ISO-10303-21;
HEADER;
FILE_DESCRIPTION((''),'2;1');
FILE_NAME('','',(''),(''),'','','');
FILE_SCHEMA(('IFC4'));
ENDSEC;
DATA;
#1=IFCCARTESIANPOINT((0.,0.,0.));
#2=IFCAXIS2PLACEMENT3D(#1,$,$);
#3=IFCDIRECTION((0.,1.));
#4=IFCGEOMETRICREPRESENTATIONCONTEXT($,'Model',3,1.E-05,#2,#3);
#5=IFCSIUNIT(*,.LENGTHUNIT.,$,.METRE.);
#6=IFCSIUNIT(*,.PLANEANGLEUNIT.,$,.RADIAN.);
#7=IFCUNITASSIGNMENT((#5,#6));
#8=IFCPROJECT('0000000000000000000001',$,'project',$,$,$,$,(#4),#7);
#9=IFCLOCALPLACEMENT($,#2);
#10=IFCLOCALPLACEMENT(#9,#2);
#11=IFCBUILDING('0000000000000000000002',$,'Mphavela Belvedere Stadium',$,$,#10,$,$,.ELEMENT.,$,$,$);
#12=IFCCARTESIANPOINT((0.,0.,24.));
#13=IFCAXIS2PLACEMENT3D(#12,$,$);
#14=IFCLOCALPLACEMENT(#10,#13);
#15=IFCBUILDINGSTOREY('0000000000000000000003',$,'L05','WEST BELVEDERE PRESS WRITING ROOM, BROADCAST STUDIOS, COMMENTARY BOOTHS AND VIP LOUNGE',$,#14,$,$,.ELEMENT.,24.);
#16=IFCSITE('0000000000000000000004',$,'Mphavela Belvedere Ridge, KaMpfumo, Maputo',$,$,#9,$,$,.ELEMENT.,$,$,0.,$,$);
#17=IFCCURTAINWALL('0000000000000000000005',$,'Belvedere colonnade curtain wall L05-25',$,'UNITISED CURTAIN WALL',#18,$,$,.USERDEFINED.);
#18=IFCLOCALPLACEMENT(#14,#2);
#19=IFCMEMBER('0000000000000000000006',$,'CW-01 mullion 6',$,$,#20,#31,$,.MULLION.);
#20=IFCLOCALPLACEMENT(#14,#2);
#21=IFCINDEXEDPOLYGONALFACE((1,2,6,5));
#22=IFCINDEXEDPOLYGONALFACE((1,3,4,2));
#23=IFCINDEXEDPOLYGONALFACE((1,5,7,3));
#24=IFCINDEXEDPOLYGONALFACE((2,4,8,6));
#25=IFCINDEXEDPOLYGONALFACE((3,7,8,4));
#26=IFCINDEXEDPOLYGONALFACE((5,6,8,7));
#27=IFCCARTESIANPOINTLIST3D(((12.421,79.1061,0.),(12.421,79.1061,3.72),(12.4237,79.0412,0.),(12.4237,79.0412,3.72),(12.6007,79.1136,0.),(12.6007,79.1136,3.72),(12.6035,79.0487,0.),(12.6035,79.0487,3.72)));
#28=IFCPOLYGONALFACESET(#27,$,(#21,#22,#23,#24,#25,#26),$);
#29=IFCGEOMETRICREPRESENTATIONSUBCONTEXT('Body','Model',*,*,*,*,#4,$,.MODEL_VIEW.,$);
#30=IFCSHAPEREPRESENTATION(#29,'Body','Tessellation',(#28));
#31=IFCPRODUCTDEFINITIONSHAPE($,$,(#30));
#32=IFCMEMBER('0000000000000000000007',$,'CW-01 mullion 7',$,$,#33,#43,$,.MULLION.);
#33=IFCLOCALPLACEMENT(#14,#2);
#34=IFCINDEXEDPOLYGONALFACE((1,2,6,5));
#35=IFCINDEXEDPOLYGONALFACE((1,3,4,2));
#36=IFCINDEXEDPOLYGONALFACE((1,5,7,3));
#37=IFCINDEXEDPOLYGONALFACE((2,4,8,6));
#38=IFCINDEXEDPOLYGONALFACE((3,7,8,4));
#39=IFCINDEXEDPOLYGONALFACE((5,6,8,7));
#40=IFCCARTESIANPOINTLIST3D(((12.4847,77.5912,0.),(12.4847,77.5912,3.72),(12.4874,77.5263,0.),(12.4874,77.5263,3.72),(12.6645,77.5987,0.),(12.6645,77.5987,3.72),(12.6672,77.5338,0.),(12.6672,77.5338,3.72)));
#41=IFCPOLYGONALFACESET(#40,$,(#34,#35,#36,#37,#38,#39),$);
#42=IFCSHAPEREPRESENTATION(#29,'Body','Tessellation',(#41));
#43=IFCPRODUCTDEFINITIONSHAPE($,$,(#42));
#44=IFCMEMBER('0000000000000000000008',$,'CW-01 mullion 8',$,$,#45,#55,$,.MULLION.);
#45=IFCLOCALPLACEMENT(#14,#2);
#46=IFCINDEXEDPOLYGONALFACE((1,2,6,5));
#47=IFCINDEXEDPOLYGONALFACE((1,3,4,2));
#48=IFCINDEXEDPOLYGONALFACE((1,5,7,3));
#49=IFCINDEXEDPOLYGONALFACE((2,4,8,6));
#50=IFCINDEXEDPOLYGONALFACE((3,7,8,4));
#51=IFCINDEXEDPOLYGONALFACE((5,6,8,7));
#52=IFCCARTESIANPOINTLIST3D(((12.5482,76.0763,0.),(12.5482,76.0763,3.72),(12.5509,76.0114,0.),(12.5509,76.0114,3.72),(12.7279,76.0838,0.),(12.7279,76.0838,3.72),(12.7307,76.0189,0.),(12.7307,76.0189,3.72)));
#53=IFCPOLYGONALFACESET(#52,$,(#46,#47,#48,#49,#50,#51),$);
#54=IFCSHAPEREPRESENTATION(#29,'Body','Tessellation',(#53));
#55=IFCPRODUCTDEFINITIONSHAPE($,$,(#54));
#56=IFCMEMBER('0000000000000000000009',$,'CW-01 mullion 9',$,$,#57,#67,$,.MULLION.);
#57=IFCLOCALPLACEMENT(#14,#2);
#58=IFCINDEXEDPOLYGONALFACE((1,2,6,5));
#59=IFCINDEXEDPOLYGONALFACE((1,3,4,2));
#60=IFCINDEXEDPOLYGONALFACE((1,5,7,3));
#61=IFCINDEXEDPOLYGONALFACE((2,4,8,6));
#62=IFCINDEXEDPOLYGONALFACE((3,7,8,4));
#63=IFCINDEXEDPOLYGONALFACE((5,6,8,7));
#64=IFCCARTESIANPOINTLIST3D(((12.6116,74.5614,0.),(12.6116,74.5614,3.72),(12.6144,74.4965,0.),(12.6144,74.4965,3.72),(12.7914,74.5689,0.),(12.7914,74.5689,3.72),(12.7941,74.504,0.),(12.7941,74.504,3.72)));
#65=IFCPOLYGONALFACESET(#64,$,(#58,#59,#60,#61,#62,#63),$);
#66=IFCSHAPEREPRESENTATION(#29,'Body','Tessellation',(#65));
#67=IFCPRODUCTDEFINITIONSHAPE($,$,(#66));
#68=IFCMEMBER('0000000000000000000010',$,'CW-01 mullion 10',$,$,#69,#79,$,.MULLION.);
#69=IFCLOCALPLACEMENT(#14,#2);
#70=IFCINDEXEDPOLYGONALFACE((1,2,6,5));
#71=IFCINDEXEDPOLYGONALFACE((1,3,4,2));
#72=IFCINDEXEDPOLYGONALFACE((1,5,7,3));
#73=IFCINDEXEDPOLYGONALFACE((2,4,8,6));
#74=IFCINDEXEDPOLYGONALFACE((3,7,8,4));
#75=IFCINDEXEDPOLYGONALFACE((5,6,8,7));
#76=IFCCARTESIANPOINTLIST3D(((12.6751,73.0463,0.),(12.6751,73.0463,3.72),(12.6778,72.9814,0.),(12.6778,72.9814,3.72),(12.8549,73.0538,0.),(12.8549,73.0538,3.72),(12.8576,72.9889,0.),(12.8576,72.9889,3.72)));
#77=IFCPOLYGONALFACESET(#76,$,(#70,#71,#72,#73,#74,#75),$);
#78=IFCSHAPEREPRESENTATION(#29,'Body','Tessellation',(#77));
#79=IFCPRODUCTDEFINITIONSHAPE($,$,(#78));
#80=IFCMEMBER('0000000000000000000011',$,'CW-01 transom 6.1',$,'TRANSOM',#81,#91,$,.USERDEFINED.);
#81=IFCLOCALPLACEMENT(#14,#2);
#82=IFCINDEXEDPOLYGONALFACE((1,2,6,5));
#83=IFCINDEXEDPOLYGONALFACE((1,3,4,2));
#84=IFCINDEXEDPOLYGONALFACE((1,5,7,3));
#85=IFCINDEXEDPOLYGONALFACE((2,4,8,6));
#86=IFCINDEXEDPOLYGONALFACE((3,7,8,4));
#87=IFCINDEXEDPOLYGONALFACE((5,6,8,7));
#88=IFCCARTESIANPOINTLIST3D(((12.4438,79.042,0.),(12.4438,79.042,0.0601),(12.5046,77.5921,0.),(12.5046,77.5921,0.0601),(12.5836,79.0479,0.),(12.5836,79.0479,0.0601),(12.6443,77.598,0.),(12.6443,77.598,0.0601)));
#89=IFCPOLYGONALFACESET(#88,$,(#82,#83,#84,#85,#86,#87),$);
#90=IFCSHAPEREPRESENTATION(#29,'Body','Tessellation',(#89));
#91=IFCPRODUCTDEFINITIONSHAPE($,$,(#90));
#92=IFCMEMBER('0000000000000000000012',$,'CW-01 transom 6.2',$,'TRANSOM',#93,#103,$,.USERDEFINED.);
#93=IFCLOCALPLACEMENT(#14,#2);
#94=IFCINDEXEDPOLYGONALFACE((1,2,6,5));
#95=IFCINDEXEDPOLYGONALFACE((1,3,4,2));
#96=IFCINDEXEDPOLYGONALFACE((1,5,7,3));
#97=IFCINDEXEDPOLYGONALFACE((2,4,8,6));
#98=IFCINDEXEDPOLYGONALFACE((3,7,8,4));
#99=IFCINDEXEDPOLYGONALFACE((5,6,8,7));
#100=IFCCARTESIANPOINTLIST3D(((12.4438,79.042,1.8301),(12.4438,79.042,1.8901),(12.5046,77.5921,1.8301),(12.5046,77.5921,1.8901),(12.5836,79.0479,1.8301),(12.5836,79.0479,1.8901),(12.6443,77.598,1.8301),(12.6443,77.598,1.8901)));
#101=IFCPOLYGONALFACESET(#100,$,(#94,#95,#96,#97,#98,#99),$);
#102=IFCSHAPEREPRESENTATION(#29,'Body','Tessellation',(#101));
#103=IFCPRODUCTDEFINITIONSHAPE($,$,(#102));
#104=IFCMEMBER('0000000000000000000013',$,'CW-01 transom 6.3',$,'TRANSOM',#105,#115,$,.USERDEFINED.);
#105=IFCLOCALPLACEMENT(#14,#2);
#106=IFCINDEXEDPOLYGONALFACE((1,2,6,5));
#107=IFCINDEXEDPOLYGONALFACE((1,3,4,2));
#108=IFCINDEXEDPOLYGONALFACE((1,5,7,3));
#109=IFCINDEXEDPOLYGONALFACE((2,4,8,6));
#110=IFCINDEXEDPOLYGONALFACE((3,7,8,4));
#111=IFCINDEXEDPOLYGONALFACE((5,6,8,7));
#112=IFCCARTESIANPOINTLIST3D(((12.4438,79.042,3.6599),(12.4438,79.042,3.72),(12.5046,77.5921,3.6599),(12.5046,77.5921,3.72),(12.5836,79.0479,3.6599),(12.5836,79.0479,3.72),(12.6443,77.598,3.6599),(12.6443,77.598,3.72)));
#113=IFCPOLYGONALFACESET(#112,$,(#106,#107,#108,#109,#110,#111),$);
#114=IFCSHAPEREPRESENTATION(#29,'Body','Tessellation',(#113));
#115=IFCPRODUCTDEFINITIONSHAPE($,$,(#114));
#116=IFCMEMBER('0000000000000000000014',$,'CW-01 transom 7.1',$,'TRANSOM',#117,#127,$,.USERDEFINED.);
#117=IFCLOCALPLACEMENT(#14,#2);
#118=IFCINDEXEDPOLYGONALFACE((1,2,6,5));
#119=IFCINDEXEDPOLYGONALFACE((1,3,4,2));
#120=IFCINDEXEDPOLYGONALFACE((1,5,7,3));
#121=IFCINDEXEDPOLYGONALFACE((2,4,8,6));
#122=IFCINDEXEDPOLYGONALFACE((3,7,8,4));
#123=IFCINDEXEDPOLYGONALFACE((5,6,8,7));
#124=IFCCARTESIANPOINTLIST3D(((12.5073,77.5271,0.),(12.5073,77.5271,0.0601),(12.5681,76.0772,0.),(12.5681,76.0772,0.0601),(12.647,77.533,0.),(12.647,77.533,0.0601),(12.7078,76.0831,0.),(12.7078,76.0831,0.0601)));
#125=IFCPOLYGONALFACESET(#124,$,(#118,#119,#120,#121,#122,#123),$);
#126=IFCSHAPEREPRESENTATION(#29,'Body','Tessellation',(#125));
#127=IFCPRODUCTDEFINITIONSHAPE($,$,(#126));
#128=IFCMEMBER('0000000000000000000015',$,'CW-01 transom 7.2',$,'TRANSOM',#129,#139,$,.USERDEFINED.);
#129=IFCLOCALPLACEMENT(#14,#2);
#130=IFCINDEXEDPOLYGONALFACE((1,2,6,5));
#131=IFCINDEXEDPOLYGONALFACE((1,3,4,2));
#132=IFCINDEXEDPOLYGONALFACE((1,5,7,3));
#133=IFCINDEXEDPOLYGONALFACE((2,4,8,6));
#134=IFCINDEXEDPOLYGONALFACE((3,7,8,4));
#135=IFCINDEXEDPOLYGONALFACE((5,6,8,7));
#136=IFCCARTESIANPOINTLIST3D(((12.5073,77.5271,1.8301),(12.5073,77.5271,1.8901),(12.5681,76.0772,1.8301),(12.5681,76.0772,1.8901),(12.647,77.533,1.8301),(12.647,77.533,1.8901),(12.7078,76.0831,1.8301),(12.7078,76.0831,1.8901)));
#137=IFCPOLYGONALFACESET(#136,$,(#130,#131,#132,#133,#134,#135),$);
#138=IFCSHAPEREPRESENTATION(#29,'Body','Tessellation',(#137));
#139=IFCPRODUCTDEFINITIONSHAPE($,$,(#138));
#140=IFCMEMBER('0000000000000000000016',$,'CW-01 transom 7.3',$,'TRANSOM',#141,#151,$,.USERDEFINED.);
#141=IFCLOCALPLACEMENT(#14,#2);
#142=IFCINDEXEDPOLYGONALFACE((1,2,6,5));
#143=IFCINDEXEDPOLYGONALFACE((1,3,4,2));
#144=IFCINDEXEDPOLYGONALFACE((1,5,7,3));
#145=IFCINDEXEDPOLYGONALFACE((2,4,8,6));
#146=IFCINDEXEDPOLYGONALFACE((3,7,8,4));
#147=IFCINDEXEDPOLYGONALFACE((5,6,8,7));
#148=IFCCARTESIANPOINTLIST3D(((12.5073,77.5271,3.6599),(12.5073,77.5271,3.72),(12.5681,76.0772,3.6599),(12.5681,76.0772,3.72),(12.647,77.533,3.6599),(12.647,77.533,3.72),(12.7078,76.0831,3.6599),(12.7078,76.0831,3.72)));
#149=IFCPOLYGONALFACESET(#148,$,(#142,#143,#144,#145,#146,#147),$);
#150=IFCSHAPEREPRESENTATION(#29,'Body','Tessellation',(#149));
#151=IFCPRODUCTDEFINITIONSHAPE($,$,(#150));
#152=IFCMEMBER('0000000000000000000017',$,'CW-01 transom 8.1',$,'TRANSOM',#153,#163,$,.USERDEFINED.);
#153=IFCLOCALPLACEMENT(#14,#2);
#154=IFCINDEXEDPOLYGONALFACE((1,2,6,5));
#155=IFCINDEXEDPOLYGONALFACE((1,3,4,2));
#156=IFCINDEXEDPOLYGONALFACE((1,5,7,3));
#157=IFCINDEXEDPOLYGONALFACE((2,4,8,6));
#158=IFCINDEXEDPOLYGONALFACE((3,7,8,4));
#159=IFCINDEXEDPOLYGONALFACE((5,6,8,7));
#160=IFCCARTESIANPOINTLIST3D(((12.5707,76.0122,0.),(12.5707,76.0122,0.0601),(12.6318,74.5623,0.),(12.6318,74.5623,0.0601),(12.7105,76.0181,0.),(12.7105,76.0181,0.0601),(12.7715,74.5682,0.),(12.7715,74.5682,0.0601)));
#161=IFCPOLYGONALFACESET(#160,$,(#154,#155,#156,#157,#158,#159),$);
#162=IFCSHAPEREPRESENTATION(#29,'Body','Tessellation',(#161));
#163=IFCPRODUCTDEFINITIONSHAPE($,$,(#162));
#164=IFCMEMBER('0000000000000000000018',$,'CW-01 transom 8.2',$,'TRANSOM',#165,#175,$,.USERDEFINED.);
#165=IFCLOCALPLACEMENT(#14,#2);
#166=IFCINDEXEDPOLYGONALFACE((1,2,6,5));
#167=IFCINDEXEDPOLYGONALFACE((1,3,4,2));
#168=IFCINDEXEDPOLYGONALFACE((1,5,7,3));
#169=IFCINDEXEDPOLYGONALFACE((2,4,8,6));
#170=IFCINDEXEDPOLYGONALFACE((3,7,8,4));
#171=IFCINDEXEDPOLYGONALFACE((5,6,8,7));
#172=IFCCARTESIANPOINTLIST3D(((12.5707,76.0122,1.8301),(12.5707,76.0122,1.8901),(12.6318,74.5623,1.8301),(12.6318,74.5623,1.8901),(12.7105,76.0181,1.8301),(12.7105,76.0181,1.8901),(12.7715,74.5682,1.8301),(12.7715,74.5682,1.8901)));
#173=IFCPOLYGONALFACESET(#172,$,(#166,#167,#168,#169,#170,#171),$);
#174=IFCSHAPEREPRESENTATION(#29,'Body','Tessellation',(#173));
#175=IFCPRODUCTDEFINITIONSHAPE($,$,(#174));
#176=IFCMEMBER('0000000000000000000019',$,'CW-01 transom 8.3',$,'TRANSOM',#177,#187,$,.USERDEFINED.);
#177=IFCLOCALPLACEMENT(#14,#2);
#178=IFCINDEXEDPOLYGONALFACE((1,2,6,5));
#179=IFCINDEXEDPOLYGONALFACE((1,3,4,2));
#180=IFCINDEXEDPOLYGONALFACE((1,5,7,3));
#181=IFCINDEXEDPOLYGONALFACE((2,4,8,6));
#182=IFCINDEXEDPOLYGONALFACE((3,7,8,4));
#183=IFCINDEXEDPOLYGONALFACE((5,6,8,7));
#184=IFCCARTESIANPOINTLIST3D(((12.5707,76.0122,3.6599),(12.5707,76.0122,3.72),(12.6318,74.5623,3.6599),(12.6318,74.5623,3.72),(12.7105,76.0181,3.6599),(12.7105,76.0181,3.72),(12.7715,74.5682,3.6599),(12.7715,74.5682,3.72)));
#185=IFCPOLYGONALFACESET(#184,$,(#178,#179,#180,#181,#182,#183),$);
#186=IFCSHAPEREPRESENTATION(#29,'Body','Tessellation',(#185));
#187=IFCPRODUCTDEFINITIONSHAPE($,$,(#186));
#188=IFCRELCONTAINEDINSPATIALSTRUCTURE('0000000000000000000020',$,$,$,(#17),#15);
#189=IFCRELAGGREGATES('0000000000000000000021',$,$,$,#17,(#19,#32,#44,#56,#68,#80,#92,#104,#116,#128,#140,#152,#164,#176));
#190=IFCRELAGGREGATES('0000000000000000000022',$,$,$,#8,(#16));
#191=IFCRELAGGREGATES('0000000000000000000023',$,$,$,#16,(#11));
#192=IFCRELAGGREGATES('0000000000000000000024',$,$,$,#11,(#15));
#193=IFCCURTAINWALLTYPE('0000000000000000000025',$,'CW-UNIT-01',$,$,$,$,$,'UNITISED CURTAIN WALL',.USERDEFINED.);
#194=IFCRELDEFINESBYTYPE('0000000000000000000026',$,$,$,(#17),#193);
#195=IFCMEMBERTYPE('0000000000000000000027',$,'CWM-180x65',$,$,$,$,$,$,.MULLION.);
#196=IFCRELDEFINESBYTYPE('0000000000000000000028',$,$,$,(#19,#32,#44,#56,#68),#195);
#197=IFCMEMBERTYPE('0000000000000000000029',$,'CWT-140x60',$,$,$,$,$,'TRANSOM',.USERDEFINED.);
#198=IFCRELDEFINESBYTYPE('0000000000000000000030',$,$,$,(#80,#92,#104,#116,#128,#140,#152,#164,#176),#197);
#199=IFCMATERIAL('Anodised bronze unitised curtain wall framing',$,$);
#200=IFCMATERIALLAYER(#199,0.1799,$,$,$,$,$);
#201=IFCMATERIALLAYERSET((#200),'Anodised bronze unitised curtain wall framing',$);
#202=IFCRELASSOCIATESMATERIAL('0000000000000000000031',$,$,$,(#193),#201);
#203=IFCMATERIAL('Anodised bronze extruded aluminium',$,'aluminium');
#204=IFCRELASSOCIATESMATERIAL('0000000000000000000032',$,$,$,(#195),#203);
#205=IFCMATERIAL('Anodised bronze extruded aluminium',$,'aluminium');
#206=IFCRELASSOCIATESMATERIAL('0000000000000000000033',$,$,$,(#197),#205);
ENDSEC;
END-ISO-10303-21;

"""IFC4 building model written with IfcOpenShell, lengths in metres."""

from ifc_helpers import new_model, si_unit, direction, frame, origin, origin_2d, place, context, subcontext, project, spatial, rectangle, extrude, material, layer, layer_set, material_profile, profile_set, type_object, element, aggregate, save


model = new_model("IFC4")

# Units and contexts
model_context = context("Model", 3, precision=1e-05, world=origin(), true_north=direction((0.0, 1.0)))
body_context = subcontext(model_context, "Body", "Model", "MODEL_VIEW")
ifc_project = project(units=[si_unit("LENGTHUNIT", "METRE"), si_unit("PLANEANGLEUNIT", "RADIAN")], contexts=[model_context])

# Site, building, storey
site_placement = place(None, origin())
site = spatial("IfcSite", under=ifc_project, at=site_placement, Name="Mphavela Belvedere Ridge, KaMpfumo, Maputo", CompositionType="ELEMENT", RefElevation=0.0)
building_placement = place(site_placement, origin())
building = spatial("IfcBuilding", under=site, at=building_placement, Name="Mphavela Belvedere Stadium", CompositionType="ELEMENT")
storey_placement = place(building_placement, frame((0.0, 0.0, 24.0)))
storey = spatial("IfcBuildingStorey", under=building, at=storey_placement, Name="L05", Description="WEST BELVEDERE PRESS WRITING ROOM, BROADCAST STUDIOS, COMMENTARY BOOTHS AND VIP LOUNGE", CompositionType="ELEMENT", Elevation=24.0)

# Curtain wall, members
ifc_material_1 = material(Name="Anodised bronze unitised curtain wall framing")
ifc_layer_1 = layer(ifc_material_1, 0.1799)
ifc_layer_set_1 = layer_set([ifc_layer_1], Name="Anodised bronze unitised curtain wall framing")
curtain_wall_type = type_object("IfcCurtainWallType", Name="CW-UNIT-01", ElementType="UNITISED CURTAIN WALL", PredefinedType="USERDEFINED", material=ifc_layer_set_1)
curtain_wall_placement = place(storey_placement, origin())
curtain_wall = element("IfcCurtainWall", 1, at=curtain_wall_placement, inside=storey, type_object=curtain_wall_type, Name="Belvedere colonnade curtain wall L05-25", ObjectType="UNITISED CURTAIN WALL", PredefinedType="USERDEFINED")
ifc_material_2 = material(Name="Anodised bronze extruded aluminium", Category="aluminium")
ifc_material_profile_1 = material_profile(ifc_material_2, rectangle(XDim=0.1799, YDim=0.0649, at=origin_2d()), Name="CW-MUL 180x65")
ifc_profile_set_1 = profile_set([ifc_material_profile_1], Name="Anodised bronze extruded aluminium")
member_type_1 = type_object("IfcMemberType", Name="CWM-180x65", PredefinedType="MULLION", material=ifc_profile_set_1)
member_1_placement = place(storey_placement, frame((12.5122, 79.0774, 0.0), z_axis=(0.0, 0.0, 1.0), x_axis=(0.999122, 0.041905, 0.0)))
member_1 = element("IfcMember", 2, at=member_1_placement, type_object=member_type_1, Name="CW-01 mullion 6", PredefinedType="MULLION", context=body_context, shape_type="SweptSolid", body=[
    extrude(rectangle(XDim=0.1799, YDim=0.0649, at=origin_2d()), origin(), (0.0, 0.0, 1.0), 3.72),
])
member_2_placement = place(storey_placement, frame((12.5759, 77.5625, 0.0), z_axis=(0.0, 0.0, 1.0), x_axis=(0.999122, 0.041905, 0.0)))
member_2 = element("IfcMember", 3, at=member_2_placement, type_object=member_type_1, Name="CW-01 mullion 7", PredefinedType="MULLION", context=body_context, shape_type="SweptSolid", body=[
    extrude(rectangle(XDim=0.1799, YDim=0.0649, at=origin_2d()), origin(), (0.0, 0.0, 1.0), 3.72),
])
member_3_placement = place(storey_placement, frame((12.6394, 76.0476, 0.0), z_axis=(0.0, 0.0, 1.0), x_axis=(0.999122, 0.041905, 0.0)))
member_3 = element("IfcMember", 4, at=member_3_placement, type_object=member_type_1, Name="CW-01 mullion 8", PredefinedType="MULLION", context=body_context, shape_type="SweptSolid", body=[
    extrude(rectangle(XDim=0.1799, YDim=0.0649, at=origin_2d()), origin(), (0.0, 0.0, 1.0), 3.72),
])
member_4_placement = place(storey_placement, frame((12.7029, 74.5327, 0.0), z_axis=(0.0, 0.0, 1.0), x_axis=(0.999122, 0.041905, 0.0)))
member_4 = element("IfcMember", 5, at=member_4_placement, type_object=member_type_1, Name="CW-01 mullion 9", PredefinedType="MULLION", context=body_context, shape_type="SweptSolid", body=[
    extrude(rectangle(XDim=0.1799, YDim=0.0649, at=origin_2d()), origin(), (0.0, 0.0, 1.0), 3.72),
])
member_5_placement = place(storey_placement, frame((12.7664, 73.0176, 0.0), z_axis=(0.0, 0.0, 1.0), x_axis=(0.999122, 0.041905, 0.0)))
member_5 = element("IfcMember", 6, at=member_5_placement, type_object=member_type_1, Name="CW-01 mullion 10", PredefinedType="MULLION", context=body_context, shape_type="SweptSolid", body=[
    extrude(rectangle(XDim=0.1799, YDim=0.0649, at=origin_2d()), origin(), (0.0, 0.0, 1.0), 3.72),
])
ifc_material_3 = material(Name="Anodised bronze extruded aluminium", Category="aluminium")
ifc_material_profile_2 = material_profile(ifc_material_3, rectangle(XDim=0.1399, YDim=0.0601, at=origin_2d()), Name="CW-TRN 140x60")
ifc_profile_set_2 = profile_set([ifc_material_profile_2], Name="Anodised bronze extruded aluminium")
member_type_2 = type_object("IfcMemberType", Name="CWT-140x60", ElementType="TRANSOM", PredefinedType="USERDEFINED", material=ifc_profile_set_2)
member_6_placement = place(storey_placement, frame((12.5137, 79.0449, 0.03), z_axis=(0.041889, -0.999122, 0.0), x_axis=(0.999122, 0.041889, 0.0)))
member_6 = element("IfcMember", 7, at=member_6_placement, type_object=member_type_2, Name="CW-01 transom 6.1", ObjectType="TRANSOM", PredefinedType="USERDEFINED", context=body_context, shape_type="SweptSolid", body=[
    extrude(rectangle(XDim=0.1399, YDim=0.0601, at=origin_2d()), origin(), (0.0, 0.0, 1.0), 1.4512),
])
member_7_placement = place(storey_placement, frame((12.5137, 79.0449, 1.8601), z_axis=(0.041889, -0.999122, 0.0), x_axis=(0.999122, 0.041889, 0.0)))
member_7 = element("IfcMember", 8, at=member_7_placement, type_object=member_type_2, Name="CW-01 transom 6.2", ObjectType="TRANSOM", PredefinedType="USERDEFINED", context=body_context, shape_type="SweptSolid", body=[
    extrude(rectangle(XDim=0.1399, YDim=0.0601, at=origin_2d()), origin(), (0.0, 0.0, 1.0), 1.4512),
])
member_8_placement = place(storey_placement, frame((12.5137, 79.0449, 3.6899), z_axis=(0.041889, -0.999122, 0.0), x_axis=(0.999122, 0.041889, 0.0)))
member_8 = element("IfcMember", 9, at=member_8_placement, type_object=member_type_2, Name="CW-01 transom 6.3", ObjectType="TRANSOM", PredefinedType="USERDEFINED", context=body_context, shape_type="SweptSolid", body=[
    extrude(rectangle(XDim=0.1399, YDim=0.0601, at=origin_2d()), origin(), (0.0, 0.0, 1.0), 1.4512),
])
member_9_placement = place(storey_placement, frame((12.5771, 77.53, 0.03), z_axis=(0.041889, -0.999122, 0.0), x_axis=(0.999122, 0.041889, 0.0)))
member_9 = element("IfcMember", 10, at=member_9_placement, type_object=member_type_2, Name="CW-01 transom 7.1", ObjectType="TRANSOM", PredefinedType="USERDEFINED", context=body_context, shape_type="SweptSolid", body=[
    extrude(rectangle(XDim=0.1399, YDim=0.0601, at=origin_2d()), origin(), (0.0, 0.0, 1.0), 1.4512),
])
member_10_placement = place(storey_placement, frame((12.5771, 77.53, 1.8601), z_axis=(0.041889, -0.999122, 0.0), x_axis=(0.999122, 0.041889, 0.0)))
member_10 = element("IfcMember", 11, at=member_10_placement, type_object=member_type_2, Name="CW-01 transom 7.2", ObjectType="TRANSOM", PredefinedType="USERDEFINED", context=body_context, shape_type="SweptSolid", body=[
    extrude(rectangle(XDim=0.1399, YDim=0.0601, at=origin_2d()), origin(), (0.0, 0.0, 1.0), 1.4512),
])
member_11_placement = place(storey_placement, frame((12.5771, 77.53, 3.6899), z_axis=(0.041889, -0.999122, 0.0), x_axis=(0.999122, 0.041889, 0.0)))
member_11 = element("IfcMember", 12, at=member_11_placement, type_object=member_type_2, Name="CW-01 transom 7.3", ObjectType="TRANSOM", PredefinedType="USERDEFINED", context=body_context, shape_type="SweptSolid", body=[
    extrude(rectangle(XDim=0.1399, YDim=0.0601, at=origin_2d()), origin(), (0.0, 0.0, 1.0), 1.4512),
])
member_12_placement = place(storey_placement, frame((12.6406, 76.0151, 0.03), z_axis=(0.042057, -0.999115, 0.0), x_axis=(0.999115, 0.042057, 0.0)))
member_12 = element("IfcMember", 13, at=member_12_placement, type_object=member_type_2, Name="CW-01 transom 8.1", ObjectType="TRANSOM", PredefinedType="USERDEFINED", context=body_context, shape_type="SweptSolid", body=[
    extrude(rectangle(XDim=0.1399, YDim=0.0601, at=origin_2d()), origin(), (0.0, 0.0, 1.0), 1.4512),
])
member_13_placement = place(storey_placement, frame((12.6406, 76.0151, 1.8601), z_axis=(0.042057, -0.999115, 0.0), x_axis=(0.999115, 0.042057, 0.0)))
member_13 = element("IfcMember", 14, at=member_13_placement, type_object=member_type_2, Name="CW-01 transom 8.2", ObjectType="TRANSOM", PredefinedType="USERDEFINED", context=body_context, shape_type="SweptSolid", body=[
    extrude(rectangle(XDim=0.1399, YDim=0.0601, at=origin_2d()), origin(), (0.0, 0.0, 1.0), 1.4512),
])
member_14_placement = place(storey_placement, frame((12.6406, 76.0151, 3.6899), z_axis=(0.042057, -0.999115, 0.0), x_axis=(0.999115, 0.042057, 0.0)))
member_14 = element("IfcMember", 15, at=member_14_placement, type_object=member_type_2, Name="CW-01 transom 8.3", ObjectType="TRANSOM", PredefinedType="USERDEFINED", context=body_context, shape_type="SweptSolid", body=[
    extrude(rectangle(XDim=0.1399, YDim=0.0601, at=origin_2d()), origin(), (0.0, 0.0, 1.0), 1.4512),
])
aggregate(curtain_wall, [member_1, member_2, member_3, member_4, member_5, member_6, member_7, member_8, member_9, member_10, member_11, member_12, member_13, member_14])

save(model, "model.ifc")
